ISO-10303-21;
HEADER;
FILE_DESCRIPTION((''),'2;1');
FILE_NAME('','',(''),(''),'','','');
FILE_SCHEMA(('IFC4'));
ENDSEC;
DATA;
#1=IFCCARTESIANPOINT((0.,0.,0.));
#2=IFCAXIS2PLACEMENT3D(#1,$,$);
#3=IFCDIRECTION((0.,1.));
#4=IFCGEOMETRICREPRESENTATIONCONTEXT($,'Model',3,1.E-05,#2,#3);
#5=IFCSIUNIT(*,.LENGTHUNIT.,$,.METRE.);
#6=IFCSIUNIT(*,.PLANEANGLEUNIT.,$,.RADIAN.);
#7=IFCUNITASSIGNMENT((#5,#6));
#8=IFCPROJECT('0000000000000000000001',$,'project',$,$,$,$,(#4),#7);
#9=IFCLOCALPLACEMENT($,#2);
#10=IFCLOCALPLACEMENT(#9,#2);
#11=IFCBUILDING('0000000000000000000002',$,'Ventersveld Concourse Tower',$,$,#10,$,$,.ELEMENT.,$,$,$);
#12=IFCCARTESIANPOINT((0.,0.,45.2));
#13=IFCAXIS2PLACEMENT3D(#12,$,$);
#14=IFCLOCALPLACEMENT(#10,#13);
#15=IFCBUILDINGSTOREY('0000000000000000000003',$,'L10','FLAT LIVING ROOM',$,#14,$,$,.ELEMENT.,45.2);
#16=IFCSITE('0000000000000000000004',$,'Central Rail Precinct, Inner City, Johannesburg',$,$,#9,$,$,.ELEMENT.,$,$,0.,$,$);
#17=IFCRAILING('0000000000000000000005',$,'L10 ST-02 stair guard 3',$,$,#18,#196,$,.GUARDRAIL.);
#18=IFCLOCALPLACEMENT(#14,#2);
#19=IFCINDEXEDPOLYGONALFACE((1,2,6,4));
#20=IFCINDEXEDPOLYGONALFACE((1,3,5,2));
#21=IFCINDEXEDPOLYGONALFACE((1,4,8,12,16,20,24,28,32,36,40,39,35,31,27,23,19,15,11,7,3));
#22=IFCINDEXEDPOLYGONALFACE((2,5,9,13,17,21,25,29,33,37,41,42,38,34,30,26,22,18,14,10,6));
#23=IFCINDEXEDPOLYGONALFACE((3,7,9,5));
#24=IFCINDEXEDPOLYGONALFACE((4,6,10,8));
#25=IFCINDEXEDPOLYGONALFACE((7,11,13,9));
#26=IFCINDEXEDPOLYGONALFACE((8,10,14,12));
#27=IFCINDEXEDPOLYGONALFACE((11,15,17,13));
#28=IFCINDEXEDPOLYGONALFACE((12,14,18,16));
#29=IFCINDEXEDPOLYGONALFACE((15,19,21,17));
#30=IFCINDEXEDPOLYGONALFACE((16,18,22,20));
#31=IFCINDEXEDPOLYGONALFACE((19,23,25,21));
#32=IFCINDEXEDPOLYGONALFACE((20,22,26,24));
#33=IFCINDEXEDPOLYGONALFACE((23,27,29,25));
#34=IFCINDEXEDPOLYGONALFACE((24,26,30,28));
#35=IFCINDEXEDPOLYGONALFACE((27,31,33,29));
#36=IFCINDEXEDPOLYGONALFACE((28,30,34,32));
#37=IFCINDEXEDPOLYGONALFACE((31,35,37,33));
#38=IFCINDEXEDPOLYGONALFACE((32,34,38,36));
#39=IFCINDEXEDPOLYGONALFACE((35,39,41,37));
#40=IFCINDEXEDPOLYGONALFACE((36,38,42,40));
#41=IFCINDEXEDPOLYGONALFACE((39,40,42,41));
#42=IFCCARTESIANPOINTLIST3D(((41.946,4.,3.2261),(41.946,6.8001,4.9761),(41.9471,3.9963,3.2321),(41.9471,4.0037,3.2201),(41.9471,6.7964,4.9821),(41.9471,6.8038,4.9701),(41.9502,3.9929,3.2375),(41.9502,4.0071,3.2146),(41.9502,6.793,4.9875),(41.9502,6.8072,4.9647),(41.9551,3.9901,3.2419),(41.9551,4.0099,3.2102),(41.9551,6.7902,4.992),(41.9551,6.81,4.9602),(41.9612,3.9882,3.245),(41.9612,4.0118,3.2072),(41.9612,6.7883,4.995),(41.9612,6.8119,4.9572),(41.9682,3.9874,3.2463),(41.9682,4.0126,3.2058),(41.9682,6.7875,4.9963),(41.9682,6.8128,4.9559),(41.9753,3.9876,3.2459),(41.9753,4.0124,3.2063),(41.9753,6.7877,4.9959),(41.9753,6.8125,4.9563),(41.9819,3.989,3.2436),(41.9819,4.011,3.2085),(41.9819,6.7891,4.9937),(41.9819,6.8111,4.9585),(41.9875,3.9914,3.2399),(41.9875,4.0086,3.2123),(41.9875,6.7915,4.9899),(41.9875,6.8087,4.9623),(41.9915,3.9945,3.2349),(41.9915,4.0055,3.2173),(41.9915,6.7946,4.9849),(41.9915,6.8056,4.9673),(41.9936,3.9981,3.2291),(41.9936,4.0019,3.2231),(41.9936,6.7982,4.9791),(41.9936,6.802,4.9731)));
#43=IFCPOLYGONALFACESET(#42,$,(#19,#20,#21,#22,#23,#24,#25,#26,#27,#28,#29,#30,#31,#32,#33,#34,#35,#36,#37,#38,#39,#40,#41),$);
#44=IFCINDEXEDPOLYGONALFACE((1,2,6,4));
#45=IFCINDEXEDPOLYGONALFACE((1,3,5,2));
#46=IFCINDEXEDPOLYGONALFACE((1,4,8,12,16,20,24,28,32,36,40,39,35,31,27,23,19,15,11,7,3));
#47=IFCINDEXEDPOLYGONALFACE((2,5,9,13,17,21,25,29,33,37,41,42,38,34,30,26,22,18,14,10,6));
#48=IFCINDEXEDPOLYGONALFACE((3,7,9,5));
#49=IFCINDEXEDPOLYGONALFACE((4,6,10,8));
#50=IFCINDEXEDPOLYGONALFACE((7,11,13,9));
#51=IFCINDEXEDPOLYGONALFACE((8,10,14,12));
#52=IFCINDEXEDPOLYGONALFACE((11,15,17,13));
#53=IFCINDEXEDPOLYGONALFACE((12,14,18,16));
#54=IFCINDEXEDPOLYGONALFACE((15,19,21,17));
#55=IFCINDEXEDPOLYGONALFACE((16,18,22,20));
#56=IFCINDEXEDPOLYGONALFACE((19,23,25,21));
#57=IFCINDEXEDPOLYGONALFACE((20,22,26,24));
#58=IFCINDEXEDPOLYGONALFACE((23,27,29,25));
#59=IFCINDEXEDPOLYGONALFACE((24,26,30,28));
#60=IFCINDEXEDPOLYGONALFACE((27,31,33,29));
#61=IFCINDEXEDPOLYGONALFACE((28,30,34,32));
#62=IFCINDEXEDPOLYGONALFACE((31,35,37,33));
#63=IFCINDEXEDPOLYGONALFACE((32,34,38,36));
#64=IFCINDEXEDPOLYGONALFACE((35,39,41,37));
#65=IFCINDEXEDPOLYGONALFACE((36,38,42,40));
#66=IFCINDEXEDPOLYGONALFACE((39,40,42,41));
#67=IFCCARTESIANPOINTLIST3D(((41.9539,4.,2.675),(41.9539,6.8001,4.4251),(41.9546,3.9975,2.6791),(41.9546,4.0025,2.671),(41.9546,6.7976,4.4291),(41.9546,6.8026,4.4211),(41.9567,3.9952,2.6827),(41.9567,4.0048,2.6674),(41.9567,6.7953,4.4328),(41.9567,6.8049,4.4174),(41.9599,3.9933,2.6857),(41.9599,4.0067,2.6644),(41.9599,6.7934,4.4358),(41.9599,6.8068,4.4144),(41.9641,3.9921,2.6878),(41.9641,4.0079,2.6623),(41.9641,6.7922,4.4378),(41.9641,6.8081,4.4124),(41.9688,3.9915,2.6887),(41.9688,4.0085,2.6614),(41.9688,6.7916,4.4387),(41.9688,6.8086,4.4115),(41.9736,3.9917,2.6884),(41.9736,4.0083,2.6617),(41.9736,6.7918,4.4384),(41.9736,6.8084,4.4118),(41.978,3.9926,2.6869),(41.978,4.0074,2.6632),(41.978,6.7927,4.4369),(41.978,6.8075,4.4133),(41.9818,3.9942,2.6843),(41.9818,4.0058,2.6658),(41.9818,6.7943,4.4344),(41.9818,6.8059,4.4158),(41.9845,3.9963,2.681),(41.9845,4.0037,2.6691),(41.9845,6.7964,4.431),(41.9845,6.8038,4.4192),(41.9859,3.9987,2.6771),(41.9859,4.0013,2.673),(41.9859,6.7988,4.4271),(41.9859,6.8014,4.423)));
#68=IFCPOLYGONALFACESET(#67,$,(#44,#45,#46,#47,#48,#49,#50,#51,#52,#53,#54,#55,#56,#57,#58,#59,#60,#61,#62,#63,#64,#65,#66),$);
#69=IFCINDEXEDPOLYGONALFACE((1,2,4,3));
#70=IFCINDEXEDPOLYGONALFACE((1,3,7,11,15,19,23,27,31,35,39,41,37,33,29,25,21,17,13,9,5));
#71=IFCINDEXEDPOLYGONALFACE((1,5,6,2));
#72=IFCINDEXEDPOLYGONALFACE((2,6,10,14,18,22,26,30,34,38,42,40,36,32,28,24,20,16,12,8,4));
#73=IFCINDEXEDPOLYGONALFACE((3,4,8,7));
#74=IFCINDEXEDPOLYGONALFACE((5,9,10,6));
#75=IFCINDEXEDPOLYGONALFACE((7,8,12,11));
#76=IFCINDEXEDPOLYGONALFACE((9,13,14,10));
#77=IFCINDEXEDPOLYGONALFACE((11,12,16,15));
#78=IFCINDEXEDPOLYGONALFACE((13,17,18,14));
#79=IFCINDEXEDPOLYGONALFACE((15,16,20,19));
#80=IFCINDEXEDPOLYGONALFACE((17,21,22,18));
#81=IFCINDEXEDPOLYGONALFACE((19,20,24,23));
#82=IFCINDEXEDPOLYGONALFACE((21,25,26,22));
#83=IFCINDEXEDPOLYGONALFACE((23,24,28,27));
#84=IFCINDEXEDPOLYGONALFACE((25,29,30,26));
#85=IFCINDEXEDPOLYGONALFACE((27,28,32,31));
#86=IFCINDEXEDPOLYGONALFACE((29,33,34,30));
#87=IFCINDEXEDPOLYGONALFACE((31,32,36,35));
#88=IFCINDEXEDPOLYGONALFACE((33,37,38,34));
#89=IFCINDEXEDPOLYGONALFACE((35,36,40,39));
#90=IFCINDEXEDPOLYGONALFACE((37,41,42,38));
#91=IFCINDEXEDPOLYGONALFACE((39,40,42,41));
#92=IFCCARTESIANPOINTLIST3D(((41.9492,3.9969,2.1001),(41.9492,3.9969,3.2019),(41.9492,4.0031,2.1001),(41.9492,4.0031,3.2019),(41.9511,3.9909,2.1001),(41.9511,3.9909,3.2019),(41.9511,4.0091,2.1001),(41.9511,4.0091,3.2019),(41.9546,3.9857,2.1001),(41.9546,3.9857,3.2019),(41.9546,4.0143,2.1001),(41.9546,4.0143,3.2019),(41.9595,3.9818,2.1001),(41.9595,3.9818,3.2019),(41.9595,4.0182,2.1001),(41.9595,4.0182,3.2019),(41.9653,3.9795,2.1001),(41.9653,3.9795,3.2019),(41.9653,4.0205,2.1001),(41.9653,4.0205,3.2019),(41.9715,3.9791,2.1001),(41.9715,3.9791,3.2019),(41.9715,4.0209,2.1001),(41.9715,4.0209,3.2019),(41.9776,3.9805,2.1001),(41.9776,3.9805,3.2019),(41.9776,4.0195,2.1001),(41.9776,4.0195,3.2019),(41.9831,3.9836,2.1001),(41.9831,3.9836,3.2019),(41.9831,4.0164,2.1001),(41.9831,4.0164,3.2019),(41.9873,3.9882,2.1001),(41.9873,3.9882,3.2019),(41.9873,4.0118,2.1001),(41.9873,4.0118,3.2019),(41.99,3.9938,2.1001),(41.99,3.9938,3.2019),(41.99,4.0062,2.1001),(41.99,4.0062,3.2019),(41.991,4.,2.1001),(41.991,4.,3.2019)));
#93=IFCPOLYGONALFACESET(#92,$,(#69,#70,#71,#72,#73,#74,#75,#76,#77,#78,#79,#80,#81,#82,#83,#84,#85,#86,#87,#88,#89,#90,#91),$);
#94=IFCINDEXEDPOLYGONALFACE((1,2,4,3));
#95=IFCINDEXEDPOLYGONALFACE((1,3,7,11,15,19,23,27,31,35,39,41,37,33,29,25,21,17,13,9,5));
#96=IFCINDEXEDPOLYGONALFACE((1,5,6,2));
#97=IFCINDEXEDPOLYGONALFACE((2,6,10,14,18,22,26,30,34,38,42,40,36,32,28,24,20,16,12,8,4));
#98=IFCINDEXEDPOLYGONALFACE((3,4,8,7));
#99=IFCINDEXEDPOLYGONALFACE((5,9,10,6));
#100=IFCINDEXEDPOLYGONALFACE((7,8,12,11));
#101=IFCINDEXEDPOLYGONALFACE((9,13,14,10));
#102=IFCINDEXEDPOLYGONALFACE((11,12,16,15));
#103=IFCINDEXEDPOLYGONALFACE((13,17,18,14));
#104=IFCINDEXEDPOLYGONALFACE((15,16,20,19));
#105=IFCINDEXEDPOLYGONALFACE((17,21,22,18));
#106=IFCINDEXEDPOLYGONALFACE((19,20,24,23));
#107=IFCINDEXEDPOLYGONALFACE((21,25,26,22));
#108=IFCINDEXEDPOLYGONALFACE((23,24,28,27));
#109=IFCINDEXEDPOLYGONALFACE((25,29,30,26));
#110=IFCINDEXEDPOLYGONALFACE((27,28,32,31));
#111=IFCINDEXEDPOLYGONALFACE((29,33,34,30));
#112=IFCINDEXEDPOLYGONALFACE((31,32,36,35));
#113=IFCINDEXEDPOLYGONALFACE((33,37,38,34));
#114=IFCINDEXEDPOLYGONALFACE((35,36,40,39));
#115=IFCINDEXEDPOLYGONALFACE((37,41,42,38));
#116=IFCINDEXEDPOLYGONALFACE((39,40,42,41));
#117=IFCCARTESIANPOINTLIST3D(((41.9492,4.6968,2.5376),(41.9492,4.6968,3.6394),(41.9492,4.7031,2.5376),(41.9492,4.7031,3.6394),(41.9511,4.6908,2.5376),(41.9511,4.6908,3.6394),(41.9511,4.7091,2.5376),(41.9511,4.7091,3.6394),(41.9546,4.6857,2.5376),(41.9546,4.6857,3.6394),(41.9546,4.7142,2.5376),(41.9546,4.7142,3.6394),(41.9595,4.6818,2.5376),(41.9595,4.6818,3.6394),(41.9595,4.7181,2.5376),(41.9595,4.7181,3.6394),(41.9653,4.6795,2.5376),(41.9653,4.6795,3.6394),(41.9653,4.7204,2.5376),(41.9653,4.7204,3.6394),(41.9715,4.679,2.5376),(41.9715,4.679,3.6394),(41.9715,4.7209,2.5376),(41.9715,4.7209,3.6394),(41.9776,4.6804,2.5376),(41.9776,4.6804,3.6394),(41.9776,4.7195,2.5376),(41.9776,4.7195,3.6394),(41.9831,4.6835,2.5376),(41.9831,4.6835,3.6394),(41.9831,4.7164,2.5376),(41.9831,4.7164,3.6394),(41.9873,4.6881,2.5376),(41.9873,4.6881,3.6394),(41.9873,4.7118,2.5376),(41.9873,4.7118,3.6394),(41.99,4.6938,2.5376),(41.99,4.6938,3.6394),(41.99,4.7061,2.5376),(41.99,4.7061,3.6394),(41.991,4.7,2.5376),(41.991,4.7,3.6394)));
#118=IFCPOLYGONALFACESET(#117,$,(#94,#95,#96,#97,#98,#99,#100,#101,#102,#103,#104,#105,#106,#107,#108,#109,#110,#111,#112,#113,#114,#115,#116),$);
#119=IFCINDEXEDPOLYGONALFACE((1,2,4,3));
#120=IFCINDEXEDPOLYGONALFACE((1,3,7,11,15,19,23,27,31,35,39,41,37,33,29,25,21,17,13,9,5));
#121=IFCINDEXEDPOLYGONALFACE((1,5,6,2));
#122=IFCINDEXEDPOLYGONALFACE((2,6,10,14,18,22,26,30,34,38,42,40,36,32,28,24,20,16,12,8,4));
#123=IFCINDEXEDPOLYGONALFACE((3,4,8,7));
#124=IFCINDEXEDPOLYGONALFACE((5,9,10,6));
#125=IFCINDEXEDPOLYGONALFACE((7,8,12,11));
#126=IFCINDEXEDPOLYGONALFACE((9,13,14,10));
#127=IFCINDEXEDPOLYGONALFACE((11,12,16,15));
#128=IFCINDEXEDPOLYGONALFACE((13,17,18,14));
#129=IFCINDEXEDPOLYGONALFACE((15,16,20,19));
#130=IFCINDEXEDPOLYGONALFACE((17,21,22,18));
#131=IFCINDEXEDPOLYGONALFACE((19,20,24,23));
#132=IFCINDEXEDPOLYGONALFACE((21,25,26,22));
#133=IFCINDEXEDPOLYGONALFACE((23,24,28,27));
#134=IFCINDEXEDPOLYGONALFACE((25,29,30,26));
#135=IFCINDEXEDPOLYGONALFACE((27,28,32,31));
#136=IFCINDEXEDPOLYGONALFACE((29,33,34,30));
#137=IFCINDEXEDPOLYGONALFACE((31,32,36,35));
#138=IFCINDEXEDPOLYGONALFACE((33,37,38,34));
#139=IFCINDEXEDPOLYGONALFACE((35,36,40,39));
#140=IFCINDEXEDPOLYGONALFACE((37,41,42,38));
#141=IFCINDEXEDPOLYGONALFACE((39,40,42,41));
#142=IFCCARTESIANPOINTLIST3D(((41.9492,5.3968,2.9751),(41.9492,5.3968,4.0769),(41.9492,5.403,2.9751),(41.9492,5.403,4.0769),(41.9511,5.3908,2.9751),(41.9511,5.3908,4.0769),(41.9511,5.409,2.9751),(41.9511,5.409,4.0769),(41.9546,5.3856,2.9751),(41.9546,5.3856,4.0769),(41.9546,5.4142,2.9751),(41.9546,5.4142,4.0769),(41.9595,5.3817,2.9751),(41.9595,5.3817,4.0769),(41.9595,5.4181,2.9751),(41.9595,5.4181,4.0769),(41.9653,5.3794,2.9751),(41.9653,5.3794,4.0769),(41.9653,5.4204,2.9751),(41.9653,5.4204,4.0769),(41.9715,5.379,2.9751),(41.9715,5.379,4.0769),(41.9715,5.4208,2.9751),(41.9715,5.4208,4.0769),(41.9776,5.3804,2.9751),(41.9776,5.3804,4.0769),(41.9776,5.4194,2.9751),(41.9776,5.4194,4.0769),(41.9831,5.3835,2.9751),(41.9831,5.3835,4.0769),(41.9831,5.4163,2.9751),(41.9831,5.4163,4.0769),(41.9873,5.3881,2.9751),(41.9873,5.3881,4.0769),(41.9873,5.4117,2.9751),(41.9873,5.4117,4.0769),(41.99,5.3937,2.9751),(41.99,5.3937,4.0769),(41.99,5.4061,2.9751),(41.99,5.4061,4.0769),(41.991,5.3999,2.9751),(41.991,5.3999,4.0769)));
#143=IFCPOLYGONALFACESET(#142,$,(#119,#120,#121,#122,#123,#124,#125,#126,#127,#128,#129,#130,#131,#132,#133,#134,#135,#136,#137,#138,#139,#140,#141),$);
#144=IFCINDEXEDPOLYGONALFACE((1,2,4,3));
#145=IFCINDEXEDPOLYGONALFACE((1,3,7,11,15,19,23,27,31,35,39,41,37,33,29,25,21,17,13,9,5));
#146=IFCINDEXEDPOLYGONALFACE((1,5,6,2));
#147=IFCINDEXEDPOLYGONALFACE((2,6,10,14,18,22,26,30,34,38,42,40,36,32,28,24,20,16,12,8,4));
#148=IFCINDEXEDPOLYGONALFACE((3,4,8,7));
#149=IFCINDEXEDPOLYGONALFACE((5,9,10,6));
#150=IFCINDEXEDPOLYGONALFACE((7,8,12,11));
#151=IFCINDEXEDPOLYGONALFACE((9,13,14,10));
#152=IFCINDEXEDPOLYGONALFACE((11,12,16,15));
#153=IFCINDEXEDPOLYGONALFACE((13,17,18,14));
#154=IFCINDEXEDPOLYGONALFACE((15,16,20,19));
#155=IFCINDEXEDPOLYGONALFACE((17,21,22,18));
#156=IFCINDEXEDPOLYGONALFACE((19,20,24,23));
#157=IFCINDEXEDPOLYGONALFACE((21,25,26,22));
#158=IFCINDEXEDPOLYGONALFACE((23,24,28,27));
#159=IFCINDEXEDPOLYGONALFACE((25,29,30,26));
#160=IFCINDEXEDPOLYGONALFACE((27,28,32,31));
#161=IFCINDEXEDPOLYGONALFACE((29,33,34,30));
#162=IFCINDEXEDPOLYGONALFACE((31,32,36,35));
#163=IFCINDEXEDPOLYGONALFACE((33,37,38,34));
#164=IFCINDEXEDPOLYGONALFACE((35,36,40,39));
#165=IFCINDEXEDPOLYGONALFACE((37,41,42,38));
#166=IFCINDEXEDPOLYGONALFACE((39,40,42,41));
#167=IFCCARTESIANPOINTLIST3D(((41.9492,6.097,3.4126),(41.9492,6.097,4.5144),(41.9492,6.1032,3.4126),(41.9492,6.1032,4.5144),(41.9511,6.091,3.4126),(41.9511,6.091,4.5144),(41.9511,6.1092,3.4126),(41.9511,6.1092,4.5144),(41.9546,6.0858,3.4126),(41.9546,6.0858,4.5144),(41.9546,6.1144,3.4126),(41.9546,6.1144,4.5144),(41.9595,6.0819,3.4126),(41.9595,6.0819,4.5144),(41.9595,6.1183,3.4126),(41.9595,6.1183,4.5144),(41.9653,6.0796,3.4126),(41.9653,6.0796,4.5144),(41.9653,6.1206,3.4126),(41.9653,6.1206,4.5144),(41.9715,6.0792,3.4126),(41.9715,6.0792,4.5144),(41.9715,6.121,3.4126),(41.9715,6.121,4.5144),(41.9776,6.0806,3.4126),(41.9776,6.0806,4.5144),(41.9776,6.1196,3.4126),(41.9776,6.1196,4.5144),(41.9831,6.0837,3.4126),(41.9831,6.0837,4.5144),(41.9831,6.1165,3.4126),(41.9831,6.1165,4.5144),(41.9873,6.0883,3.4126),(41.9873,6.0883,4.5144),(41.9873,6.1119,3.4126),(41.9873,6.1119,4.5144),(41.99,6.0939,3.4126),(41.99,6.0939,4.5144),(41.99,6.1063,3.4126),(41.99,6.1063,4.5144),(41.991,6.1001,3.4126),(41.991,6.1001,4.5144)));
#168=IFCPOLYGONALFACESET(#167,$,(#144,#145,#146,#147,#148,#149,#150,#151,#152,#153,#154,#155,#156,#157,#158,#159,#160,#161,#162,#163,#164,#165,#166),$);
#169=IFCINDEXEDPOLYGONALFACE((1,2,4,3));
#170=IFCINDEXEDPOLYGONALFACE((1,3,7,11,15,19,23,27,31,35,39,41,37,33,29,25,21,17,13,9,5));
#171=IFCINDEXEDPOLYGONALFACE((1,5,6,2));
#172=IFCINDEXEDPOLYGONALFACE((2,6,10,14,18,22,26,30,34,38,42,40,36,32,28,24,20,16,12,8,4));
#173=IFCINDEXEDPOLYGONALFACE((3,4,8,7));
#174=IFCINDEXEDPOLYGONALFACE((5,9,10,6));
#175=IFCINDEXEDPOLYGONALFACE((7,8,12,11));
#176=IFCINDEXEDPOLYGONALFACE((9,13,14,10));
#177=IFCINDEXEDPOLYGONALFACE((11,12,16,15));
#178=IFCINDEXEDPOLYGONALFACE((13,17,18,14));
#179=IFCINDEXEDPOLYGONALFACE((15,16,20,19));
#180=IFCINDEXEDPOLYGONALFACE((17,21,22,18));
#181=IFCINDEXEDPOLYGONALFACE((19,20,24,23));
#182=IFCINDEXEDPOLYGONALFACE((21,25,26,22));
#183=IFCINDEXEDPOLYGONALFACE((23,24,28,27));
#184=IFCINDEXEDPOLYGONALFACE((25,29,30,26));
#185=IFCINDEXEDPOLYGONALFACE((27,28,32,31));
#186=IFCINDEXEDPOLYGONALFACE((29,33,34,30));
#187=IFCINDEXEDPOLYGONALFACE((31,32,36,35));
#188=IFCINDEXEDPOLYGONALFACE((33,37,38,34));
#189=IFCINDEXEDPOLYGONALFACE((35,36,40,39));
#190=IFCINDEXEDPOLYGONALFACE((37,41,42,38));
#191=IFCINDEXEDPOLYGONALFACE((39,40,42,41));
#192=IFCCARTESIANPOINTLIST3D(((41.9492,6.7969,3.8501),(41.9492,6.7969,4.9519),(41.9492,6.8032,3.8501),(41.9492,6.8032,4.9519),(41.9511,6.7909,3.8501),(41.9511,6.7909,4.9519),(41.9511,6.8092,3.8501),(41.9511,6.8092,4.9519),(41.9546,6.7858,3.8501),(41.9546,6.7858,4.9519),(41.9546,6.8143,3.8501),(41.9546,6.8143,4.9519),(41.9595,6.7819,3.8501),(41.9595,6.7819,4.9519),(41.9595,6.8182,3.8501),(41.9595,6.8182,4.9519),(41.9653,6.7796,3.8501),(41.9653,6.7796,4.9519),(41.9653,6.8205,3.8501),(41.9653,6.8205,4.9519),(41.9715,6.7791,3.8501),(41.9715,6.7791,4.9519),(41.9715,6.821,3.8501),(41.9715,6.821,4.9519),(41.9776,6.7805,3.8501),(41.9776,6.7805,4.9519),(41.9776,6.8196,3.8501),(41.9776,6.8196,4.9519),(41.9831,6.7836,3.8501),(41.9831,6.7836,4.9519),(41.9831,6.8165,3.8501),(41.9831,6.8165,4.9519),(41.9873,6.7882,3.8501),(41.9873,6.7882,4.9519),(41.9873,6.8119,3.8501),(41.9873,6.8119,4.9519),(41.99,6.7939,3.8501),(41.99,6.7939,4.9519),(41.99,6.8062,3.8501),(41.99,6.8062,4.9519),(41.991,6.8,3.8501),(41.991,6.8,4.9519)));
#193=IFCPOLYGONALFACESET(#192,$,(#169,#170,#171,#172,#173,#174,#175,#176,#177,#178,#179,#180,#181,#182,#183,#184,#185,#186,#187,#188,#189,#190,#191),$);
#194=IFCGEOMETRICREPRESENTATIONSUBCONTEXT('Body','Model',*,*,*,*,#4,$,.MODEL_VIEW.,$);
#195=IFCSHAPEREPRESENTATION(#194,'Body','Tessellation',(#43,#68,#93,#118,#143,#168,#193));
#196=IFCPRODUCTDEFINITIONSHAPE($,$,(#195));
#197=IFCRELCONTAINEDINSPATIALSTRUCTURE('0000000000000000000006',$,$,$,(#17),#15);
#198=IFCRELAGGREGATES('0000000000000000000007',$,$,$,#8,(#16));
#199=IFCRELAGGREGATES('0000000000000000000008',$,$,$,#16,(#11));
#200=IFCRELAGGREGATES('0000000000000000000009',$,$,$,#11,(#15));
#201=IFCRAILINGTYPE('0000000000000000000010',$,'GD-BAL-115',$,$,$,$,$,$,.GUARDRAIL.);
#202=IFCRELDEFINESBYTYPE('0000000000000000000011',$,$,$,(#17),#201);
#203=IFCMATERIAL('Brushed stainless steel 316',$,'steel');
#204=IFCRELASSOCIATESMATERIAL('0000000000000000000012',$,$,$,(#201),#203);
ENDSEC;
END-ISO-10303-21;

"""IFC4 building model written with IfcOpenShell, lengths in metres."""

from ifc_helpers import new_model, si_unit, direction, frame, origin, origin_2d, place, context, subcontext, project, spatial, circle, extrude, material, type_object, element, save


model = new_model("IFC4")

# Units and contexts
model_context = context("Model", 3, precision=1e-05, world=origin(), true_north=direction((0.0, 1.0)))
body_context = subcontext(model_context, "Body", "Model", "MODEL_VIEW")
ifc_project = project(units=[si_unit("LENGTHUNIT", "METRE"), si_unit("PLANEANGLEUNIT", "RADIAN")], contexts=[model_context])

# Site, building, storey
site_placement = place(None, origin())
site = spatial("IfcSite", under=ifc_project, at=site_placement, Name="Central Rail Precinct, Inner City, Johannesburg", CompositionType="ELEMENT", RefElevation=0.0)
building_placement = place(site_placement, origin())
building = spatial("IfcBuilding", under=site, at=building_placement, Name="Ventersveld Concourse Tower", CompositionType="ELEMENT")
storey_placement = place(building_placement, frame((0.0, 0.0, 45.2)))
storey = spatial("IfcBuildingStorey", under=building, at=storey_placement, Name="L10", Description="FLAT LIVING ROOM", CompositionType="ELEMENT", Elevation=45.2)

# Shared definitions
ifc_material_1 = material(Name="Brushed stainless steel 316", Category="steel")

# Railing
railing_type_1 = type_object("IfcRailingType", Name="GD-BAL-115", PredefinedType="GUARDRAIL", material=ifc_material_1)
railing_1_placement = place(storey_placement, frame((41.97, 4.0, 2.1001)))
element("IfcRailing", 1, at=railing_1_placement, inside=storey, type_object=railing_type_1, Name="L10 ST-02 stair guard 3", PredefinedType="GUARDRAIL", context=body_context, shape_type="SweptSolid", body=[
    extrude(circle(Radius=0.0239, at=origin_2d()), frame((0.0, 0.0, 1.126), z_axis=(0.0, 0.848002, 0.529992), x_axis=(-1.0, 0.0, 0.0)), (0.0, 0.0, 1.0), 3.302),
    extrude(circle(Radius=0.0161, at=origin_2d()), frame((0.0, 0.0, 0.575), z_axis=(0.0, 0.848002, 0.529992), x_axis=(-1.0, 0.0, 0.0)), (0.0, 0.0, 1.0), 3.302),
    extrude(circle(Radius=0.021, at=origin_2d()), origin(), (0.0, 0.0, 1.0), 1.1018),
    extrude(circle(Radius=0.021, at=origin_2d()), frame((0.0, 0.7, 0.4375)), (0.0, 0.0, 1.0), 1.1018),
    extrude(circle(Radius=0.021, at=origin_2d()), frame((0.0, 1.3999, 0.875)), (0.0, 0.0, 1.0), 1.1018),
    extrude(circle(Radius=0.021, at=origin_2d()), frame((0.0, 2.1001, 1.3125)), (0.0, 0.0, 1.0), 1.1018),
    extrude(circle(Radius=0.021, at=origin_2d()), frame((0.0, 2.8, 1.75)), (0.0, 0.0, 1.0), 1.1018),
])

save(model, "model.ifc")
